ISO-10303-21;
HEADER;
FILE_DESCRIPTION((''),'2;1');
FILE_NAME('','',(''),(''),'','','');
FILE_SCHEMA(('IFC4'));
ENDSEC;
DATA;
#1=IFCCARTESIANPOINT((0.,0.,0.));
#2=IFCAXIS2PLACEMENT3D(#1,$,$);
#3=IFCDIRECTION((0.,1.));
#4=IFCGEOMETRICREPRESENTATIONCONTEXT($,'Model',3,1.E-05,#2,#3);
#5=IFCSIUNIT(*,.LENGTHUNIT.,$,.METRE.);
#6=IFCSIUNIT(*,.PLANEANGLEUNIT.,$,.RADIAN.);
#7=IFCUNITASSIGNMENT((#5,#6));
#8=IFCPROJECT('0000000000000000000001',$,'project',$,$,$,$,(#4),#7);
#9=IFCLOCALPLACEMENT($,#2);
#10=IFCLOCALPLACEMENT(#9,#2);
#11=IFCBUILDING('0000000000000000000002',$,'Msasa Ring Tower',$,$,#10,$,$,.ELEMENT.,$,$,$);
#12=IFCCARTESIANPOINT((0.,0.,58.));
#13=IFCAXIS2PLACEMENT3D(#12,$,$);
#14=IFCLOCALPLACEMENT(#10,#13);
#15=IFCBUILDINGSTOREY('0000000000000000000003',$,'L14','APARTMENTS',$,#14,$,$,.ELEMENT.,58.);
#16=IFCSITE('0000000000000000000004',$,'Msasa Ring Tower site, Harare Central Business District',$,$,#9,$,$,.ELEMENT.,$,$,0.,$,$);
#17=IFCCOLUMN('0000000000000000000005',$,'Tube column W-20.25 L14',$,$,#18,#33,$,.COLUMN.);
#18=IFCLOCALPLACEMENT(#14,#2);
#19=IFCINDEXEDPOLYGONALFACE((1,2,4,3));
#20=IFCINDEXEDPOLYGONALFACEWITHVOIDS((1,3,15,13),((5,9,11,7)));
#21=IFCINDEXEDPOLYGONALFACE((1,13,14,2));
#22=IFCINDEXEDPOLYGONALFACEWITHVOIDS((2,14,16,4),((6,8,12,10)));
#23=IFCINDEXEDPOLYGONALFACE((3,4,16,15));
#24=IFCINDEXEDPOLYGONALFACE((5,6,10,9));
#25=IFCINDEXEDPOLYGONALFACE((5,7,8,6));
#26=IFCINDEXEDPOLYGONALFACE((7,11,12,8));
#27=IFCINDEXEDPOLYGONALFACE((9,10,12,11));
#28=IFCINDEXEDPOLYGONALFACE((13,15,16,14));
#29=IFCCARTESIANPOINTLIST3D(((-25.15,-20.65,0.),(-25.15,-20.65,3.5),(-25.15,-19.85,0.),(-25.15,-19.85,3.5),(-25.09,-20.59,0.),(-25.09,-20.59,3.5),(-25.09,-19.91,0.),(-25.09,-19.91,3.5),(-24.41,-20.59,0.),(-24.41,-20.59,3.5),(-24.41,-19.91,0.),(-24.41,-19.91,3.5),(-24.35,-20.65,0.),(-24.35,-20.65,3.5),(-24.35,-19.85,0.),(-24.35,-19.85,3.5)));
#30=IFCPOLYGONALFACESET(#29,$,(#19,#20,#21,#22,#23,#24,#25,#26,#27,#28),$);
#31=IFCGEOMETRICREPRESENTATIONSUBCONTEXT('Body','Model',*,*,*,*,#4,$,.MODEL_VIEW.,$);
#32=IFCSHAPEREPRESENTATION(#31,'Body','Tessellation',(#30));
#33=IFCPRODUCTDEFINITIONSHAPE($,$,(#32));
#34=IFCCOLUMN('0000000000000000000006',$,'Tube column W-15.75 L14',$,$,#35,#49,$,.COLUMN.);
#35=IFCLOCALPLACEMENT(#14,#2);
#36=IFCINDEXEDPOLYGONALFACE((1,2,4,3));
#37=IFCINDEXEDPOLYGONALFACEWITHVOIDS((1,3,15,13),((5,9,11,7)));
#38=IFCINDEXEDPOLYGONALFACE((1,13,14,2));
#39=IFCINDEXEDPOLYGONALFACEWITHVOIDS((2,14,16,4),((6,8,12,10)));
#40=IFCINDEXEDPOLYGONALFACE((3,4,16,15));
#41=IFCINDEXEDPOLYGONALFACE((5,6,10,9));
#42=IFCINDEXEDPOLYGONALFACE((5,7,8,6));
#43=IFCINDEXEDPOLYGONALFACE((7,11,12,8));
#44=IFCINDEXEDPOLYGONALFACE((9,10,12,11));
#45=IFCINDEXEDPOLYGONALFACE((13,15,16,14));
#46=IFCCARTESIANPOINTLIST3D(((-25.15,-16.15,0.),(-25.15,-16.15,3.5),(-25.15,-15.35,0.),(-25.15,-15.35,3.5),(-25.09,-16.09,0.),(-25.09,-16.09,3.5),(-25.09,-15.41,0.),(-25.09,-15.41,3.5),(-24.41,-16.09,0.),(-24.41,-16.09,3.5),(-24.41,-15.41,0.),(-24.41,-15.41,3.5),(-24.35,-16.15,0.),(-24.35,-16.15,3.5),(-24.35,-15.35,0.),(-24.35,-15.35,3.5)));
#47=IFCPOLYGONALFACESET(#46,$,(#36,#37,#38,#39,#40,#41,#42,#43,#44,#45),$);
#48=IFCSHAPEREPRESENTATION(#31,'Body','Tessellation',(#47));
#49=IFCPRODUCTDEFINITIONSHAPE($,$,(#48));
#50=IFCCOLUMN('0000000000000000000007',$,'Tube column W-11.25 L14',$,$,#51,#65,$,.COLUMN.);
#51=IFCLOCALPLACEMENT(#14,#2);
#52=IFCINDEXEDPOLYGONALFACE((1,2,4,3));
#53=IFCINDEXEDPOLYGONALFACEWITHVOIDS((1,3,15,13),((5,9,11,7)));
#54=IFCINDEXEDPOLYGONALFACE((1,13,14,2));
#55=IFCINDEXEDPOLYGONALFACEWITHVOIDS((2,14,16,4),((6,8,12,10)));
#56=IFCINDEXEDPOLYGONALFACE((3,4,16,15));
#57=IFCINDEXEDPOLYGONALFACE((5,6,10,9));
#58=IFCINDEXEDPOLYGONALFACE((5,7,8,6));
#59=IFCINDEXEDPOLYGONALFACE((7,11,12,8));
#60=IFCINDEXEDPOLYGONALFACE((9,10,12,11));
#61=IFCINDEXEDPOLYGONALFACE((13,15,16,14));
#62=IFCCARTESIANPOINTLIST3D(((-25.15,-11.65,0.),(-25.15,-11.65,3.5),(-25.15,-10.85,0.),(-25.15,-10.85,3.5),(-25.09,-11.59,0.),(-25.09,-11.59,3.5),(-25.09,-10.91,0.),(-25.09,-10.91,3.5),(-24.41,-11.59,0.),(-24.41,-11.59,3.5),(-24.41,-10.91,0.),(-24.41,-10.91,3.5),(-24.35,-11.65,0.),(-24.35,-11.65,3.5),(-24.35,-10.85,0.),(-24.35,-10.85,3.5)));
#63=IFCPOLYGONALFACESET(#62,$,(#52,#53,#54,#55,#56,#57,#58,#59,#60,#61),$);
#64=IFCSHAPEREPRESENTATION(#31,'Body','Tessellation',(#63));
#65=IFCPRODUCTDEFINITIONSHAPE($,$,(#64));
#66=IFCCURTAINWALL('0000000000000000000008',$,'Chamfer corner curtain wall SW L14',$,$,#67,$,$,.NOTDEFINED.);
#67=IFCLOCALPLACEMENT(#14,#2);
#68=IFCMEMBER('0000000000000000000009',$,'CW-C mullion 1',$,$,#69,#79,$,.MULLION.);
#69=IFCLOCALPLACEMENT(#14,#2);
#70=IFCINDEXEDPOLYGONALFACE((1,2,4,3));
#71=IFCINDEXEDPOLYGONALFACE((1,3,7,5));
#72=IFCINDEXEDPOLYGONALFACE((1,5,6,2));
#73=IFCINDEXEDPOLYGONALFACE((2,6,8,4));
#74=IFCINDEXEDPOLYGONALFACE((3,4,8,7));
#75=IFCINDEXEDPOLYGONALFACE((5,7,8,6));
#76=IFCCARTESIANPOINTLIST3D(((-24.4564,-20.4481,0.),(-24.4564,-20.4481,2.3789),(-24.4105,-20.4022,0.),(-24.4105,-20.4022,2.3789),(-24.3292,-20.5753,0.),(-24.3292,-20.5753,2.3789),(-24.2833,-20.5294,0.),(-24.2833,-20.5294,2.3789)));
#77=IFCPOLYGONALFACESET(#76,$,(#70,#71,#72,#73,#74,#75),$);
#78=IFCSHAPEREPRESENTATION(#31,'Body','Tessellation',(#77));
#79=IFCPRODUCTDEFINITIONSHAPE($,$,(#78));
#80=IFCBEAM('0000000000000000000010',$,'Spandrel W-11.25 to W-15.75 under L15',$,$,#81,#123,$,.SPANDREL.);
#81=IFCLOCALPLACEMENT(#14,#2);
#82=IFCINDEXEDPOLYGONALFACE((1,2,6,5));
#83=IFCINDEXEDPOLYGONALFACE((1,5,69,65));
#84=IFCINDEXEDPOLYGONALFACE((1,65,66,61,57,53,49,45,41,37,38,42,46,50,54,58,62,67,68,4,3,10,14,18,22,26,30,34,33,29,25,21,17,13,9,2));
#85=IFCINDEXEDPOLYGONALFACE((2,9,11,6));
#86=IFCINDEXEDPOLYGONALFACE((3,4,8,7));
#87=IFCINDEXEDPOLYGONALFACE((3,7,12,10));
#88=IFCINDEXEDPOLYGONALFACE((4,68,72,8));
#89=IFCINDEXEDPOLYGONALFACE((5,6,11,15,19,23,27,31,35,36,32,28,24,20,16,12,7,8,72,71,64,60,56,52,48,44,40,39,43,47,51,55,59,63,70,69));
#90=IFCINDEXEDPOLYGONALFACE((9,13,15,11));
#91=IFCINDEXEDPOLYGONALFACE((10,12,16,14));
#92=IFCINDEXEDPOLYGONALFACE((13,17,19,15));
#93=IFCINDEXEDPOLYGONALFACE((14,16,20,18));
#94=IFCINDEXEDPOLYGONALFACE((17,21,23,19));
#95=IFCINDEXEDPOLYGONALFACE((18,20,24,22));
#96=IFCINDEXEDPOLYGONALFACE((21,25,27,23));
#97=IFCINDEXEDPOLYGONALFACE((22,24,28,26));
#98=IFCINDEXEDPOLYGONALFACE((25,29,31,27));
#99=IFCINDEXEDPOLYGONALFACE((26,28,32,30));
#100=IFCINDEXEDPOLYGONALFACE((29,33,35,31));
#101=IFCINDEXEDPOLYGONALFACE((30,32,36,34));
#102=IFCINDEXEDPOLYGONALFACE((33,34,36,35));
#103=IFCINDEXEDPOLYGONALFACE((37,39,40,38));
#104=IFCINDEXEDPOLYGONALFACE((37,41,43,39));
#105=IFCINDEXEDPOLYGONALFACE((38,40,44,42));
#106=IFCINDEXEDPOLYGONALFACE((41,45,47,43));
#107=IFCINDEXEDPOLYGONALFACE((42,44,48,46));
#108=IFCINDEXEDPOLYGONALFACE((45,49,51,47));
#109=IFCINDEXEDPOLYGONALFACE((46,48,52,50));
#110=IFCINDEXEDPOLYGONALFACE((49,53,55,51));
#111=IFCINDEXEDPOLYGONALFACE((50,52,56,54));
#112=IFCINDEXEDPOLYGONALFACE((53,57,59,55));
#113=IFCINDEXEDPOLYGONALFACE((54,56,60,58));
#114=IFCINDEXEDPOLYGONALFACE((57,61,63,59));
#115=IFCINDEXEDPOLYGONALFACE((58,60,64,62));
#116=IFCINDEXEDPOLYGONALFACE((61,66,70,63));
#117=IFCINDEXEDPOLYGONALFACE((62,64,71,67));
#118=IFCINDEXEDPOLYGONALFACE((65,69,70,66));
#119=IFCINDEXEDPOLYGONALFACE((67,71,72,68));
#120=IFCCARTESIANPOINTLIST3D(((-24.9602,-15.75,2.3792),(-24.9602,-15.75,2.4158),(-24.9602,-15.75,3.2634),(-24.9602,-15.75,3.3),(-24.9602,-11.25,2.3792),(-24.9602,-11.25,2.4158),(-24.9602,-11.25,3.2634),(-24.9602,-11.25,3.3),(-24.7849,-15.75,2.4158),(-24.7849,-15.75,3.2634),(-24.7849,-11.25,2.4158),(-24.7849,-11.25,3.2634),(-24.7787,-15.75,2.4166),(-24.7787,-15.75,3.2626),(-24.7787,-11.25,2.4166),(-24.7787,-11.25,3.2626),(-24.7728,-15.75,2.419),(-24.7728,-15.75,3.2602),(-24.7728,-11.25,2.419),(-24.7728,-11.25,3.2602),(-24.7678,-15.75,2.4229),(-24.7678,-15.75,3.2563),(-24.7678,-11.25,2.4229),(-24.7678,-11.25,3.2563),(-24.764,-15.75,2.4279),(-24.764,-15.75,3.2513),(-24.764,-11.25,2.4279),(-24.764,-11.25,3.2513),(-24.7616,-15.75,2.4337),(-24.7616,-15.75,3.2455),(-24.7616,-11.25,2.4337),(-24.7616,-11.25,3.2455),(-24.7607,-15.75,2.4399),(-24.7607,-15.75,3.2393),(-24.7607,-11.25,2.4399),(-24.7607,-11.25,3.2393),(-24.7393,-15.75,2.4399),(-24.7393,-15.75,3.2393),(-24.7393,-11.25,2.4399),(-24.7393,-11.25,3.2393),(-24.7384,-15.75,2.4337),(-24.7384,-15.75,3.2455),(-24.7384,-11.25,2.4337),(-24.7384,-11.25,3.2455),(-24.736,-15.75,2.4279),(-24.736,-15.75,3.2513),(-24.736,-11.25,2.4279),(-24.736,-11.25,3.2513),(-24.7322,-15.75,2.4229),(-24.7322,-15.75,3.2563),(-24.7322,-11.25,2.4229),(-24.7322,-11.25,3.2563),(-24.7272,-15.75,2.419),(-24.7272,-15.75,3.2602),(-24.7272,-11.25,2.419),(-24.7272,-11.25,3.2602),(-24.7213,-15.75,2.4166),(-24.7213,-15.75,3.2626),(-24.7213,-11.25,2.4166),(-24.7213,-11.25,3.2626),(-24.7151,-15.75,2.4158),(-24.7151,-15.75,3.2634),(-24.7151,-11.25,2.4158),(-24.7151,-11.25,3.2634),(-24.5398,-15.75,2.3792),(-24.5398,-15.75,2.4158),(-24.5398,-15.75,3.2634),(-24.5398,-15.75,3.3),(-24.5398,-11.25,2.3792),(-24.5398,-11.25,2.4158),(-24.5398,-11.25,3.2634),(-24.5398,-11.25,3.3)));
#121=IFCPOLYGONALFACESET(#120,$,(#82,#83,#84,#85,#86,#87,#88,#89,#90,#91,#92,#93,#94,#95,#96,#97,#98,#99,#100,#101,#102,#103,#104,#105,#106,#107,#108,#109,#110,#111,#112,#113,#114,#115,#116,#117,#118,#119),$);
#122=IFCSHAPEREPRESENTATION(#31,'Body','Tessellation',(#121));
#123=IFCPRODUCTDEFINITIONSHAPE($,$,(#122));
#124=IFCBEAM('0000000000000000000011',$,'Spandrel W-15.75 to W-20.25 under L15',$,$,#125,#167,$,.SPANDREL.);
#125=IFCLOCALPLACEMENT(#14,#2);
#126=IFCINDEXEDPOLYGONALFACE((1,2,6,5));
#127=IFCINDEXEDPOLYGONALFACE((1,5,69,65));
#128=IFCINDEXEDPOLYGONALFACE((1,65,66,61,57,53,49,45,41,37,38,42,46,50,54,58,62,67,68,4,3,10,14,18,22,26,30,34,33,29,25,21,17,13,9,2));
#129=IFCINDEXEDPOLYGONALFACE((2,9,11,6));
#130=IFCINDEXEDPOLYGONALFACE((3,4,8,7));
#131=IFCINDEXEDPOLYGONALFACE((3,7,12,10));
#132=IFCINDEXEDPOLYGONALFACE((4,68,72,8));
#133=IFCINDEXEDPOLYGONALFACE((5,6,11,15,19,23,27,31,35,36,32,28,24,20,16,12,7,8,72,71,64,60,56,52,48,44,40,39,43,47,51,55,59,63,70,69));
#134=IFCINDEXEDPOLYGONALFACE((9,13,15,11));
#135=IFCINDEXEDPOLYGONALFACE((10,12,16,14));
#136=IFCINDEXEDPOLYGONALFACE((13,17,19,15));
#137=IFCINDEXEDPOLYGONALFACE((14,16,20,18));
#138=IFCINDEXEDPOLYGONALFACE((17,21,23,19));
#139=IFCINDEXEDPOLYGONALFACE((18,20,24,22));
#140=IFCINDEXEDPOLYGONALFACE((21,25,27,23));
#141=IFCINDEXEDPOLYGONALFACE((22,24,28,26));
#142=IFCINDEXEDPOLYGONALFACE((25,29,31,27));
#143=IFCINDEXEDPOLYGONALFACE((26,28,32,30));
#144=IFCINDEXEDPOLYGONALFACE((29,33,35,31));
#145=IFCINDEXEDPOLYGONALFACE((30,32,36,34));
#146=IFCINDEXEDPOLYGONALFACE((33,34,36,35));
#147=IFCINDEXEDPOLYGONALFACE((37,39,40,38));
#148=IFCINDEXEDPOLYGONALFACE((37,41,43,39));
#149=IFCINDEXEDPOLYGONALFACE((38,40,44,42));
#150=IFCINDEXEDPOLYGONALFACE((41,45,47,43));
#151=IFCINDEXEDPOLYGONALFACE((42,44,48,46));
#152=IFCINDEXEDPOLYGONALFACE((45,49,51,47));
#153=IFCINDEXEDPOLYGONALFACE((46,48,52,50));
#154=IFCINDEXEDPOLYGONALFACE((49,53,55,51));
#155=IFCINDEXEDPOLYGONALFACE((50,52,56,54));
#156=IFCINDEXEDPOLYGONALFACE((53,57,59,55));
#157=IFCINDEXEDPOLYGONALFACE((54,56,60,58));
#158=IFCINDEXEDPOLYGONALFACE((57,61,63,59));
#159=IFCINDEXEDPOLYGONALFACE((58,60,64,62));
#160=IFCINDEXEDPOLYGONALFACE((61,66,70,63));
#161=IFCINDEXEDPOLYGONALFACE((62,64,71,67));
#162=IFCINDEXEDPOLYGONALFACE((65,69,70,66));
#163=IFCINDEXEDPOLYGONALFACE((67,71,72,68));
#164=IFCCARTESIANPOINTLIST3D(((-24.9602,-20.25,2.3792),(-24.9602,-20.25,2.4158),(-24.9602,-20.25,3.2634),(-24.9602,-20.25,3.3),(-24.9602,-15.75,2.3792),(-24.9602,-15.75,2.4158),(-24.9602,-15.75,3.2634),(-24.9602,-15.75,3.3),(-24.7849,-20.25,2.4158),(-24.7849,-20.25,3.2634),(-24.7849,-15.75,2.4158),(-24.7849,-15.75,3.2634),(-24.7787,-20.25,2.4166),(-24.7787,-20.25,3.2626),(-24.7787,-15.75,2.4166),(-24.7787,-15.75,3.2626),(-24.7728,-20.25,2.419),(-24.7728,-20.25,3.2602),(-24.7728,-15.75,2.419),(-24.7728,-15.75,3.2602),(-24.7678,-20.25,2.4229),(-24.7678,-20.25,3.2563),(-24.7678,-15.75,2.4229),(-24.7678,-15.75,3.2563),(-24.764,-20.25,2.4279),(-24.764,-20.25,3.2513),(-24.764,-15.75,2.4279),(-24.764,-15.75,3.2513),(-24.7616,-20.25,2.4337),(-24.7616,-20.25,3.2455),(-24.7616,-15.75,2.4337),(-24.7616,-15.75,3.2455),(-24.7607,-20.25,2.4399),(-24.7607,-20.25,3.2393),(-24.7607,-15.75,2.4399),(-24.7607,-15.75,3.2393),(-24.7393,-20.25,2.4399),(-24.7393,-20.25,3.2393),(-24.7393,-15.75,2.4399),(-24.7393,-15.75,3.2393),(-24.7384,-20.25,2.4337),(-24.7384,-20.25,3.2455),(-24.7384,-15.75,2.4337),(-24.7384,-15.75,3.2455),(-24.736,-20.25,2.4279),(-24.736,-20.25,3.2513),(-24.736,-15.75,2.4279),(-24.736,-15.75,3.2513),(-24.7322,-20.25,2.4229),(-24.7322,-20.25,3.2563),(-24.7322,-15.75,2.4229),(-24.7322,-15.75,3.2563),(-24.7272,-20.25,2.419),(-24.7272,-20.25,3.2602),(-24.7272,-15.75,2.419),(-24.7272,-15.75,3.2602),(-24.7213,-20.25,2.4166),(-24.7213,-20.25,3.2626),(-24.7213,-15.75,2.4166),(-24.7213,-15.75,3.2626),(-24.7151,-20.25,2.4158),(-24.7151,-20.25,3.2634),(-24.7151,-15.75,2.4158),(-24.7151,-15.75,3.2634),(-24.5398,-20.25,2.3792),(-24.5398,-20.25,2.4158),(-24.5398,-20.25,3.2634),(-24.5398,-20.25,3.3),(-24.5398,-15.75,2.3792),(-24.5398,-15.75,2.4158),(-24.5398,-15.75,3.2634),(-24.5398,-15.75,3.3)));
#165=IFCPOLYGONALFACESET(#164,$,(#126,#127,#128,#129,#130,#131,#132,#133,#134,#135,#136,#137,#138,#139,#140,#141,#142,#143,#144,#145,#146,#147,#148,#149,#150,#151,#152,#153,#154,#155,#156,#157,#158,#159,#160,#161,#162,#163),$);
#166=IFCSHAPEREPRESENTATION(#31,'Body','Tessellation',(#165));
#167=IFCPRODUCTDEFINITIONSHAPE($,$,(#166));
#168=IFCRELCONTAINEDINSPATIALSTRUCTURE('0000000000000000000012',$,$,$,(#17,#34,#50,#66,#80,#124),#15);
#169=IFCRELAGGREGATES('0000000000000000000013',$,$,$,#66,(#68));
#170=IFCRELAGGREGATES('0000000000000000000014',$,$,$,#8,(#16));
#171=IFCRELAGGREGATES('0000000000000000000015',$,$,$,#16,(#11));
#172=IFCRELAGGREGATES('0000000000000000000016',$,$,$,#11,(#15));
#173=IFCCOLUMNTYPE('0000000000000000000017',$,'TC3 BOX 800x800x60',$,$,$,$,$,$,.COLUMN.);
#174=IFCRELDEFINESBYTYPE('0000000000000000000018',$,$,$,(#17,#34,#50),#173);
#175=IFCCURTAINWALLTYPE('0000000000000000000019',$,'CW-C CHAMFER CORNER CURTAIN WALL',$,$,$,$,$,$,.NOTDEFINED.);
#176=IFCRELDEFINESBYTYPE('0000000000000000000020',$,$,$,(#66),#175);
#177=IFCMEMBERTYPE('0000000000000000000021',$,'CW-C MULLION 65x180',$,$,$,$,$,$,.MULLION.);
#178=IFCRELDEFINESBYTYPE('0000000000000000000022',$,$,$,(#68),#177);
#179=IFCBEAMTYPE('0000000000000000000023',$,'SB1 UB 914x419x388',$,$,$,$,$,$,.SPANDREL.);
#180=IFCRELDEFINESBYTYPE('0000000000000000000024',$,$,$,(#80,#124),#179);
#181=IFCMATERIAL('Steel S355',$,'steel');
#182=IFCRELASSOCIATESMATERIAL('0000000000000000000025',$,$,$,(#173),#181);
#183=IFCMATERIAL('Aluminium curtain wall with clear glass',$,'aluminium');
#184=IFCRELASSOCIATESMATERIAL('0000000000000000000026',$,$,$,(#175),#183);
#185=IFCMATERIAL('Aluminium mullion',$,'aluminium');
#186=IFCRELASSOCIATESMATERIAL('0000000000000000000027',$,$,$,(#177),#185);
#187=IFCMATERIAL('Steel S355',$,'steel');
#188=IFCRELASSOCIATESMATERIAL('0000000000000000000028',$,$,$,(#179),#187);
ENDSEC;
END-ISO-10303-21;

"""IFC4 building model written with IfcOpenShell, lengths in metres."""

from ifc_helpers import new_model, si_unit, direction, frame, origin, origin_2d, place, context, subcontext, project, spatial, rectangle, hollow_rectangle, i_section, extrude, material, material_profile, profile_set, type_object, element, aggregate, save


model = new_model("IFC4")

# Units and contexts
model_context = context("Model", 3, precision=1e-05, world=origin(), true_north=direction((0.0, 1.0)))
body_context = subcontext(model_context, "Body", "Model", "MODEL_VIEW")
ifc_project = project(units=[si_unit("LENGTHUNIT", "METRE"), si_unit("PLANEANGLEUNIT", "RADIAN")], contexts=[model_context])

# Site, building, storey
site_placement = place(None, origin())
site = spatial("IfcSite", under=ifc_project, at=site_placement, Name="Msasa Ring Tower site, Harare Central Business District", CompositionType="ELEMENT", RefElevation=0.0)
building_placement = place(site_placement, origin())
building = spatial("IfcBuilding", under=site, at=building_placement, Name="Msasa Ring Tower", CompositionType="ELEMENT")
storey_placement = place(building_placement, frame((0.0, 0.0, 58.0)))
storey = spatial("IfcBuildingStorey", under=building, at=storey_placement, Name="L14", Description="APARTMENTS", CompositionType="ELEMENT", Elevation=58.0)

# Columns
ifc_material_1 = material(Name="Steel S355", Category="steel")
ifc_material_profile_1 = material_profile(ifc_material_1, hollow_rectangle(XDim=0.8, YDim=0.8, WallThickness=0.0601, at=origin_2d()), Name="BOX 800x800x60")
ifc_profile_set_1 = profile_set([ifc_material_profile_1], Name="Steel S355")
column_type = type_object("IfcColumnType", Name="TC3 BOX 800x800x60", PredefinedType="COLUMN", material=ifc_profile_set_1)
for number, where, z_axis, x_axis, name in (
    (1, (-24.75, -20.25, 0.0), (0.0, 0.0, 1.0), (1.0, 0.0, 0.0), "Tube column W-20.25 L14"),
    (2, (-24.75, -15.75, 0.0), (0.0, 0.0, 1.0), (1.0, 0.0, 0.0), "Tube column W-15.75 L14"),
    (3, (-24.75, -11.25, 0.0), (0.0, 0.0, 1.0), (1.0, 0.0, 0.0), "Tube column W-11.25 L14"),
):
    element("IfcColumn", number, at=place(storey_placement, frame(where, z_axis=z_axis, x_axis=x_axis)), inside=storey, type_object=column_type, Name=name, PredefinedType="COLUMN", context=body_context, shape_type="SweptSolid", body=[
        extrude(hollow_rectangle(XDim=0.8, YDim=0.8, WallThickness=0.0601, at=origin_2d()), origin(), (0.0, 0.0, 1.0), 3.5),
    ])

# Curtain wall, member
ifc_material_2 = material(Name="Aluminium curtain wall with clear glass", Category="aluminium")
curtain_wall_type = type_object("IfcCurtainWallType", Name="CW-C CHAMFER CORNER CURTAIN WALL", PredefinedType="NOTDEFINED", material=ifc_material_2)
curtain_wall_placement = place(storey_placement, origin())
curtain_wall = element("IfcCurtainWall", 4, at=curtain_wall_placement, inside=storey, type_object=curtain_wall_type, Name="Chamfer corner curtain wall SW L14", PredefinedType="NOTDEFINED")
ifc_material_3 = material(Name="Aluminium mullion", Category="aluminium")
ifc_material_profile_2 = material_profile(ifc_material_3, rectangle(XDim=0.0649, YDim=0.1799, at=origin_2d()), Name="AL 65x180")
ifc_profile_set_2 = profile_set([ifc_material_profile_2], Name="Aluminium mullion")
member_type = type_object("IfcMemberType", Name="CW-C MULLION 65x180", PredefinedType="MULLION", material=ifc_profile_set_2)
member_placement = place(storey_placement, frame((-24.3699, -20.4888, 0.0), z_axis=(0.0, 0.0, 1.0), x_axis=(0.707107, 0.707107, 0.0)))
member = element("IfcMember", 5, at=member_placement, type_object=member_type, Name="CW-C mullion 1", PredefinedType="MULLION", context=body_context, shape_type="SweptSolid", body=[
    extrude(rectangle(XDim=0.0649, YDim=0.1799, at=origin_2d()), origin(), (0.0, 0.0, 1.0), 2.3789),
])
aggregate(curtain_wall, [member])

# Beams
ifc_material_4 = material(Name="Steel S355", Category="steel")
ifc_material_profile_3 = material_profile(ifc_material_4, i_section(OverallWidth=0.4204, OverallDepth=0.9209, WebThickness=0.0215, FlangeThickness=0.0366, FilletRadius=0.0242, at=origin_2d()), Name="UB 914x419x388")
ifc_profile_set_3 = profile_set([ifc_material_profile_3], Name="Steel S355")
beam_type = type_object("IfcBeamType", Name="SB1 UB 914x419x388", PredefinedType="SPANDREL", material=ifc_profile_set_3)
for number, where, z_axis, x_axis, name in (
    (6, (-24.75, -11.25, 2.8396), (0.0, -1.0, 0.0), (1.0, 0.0, 0.0), "Spandrel W-11.25 to W-15.75 under L15"),
    (7, (-24.75, -15.75, 2.8396), (0.0, -1.0, 0.0), (1.0, 0.0, 0.0), "Spandrel W-15.75 to W-20.25 under L15"),
):
    element("IfcBeam", number, at=place(storey_placement, frame(where, z_axis=z_axis, x_axis=x_axis)), inside=storey, type_object=beam_type, Name=name, PredefinedType="SPANDREL", context=body_context, shape_type="SweptSolid", body=[
        extrude(i_section(OverallWidth=0.4204, OverallDepth=0.9209, WebThickness=0.0215, FlangeThickness=0.0366, FilletRadius=0.0242, at=origin_2d()), origin(), (0.0, 0.0, 1.0), 4.5),
    ])

save(model, "model.ifc")
